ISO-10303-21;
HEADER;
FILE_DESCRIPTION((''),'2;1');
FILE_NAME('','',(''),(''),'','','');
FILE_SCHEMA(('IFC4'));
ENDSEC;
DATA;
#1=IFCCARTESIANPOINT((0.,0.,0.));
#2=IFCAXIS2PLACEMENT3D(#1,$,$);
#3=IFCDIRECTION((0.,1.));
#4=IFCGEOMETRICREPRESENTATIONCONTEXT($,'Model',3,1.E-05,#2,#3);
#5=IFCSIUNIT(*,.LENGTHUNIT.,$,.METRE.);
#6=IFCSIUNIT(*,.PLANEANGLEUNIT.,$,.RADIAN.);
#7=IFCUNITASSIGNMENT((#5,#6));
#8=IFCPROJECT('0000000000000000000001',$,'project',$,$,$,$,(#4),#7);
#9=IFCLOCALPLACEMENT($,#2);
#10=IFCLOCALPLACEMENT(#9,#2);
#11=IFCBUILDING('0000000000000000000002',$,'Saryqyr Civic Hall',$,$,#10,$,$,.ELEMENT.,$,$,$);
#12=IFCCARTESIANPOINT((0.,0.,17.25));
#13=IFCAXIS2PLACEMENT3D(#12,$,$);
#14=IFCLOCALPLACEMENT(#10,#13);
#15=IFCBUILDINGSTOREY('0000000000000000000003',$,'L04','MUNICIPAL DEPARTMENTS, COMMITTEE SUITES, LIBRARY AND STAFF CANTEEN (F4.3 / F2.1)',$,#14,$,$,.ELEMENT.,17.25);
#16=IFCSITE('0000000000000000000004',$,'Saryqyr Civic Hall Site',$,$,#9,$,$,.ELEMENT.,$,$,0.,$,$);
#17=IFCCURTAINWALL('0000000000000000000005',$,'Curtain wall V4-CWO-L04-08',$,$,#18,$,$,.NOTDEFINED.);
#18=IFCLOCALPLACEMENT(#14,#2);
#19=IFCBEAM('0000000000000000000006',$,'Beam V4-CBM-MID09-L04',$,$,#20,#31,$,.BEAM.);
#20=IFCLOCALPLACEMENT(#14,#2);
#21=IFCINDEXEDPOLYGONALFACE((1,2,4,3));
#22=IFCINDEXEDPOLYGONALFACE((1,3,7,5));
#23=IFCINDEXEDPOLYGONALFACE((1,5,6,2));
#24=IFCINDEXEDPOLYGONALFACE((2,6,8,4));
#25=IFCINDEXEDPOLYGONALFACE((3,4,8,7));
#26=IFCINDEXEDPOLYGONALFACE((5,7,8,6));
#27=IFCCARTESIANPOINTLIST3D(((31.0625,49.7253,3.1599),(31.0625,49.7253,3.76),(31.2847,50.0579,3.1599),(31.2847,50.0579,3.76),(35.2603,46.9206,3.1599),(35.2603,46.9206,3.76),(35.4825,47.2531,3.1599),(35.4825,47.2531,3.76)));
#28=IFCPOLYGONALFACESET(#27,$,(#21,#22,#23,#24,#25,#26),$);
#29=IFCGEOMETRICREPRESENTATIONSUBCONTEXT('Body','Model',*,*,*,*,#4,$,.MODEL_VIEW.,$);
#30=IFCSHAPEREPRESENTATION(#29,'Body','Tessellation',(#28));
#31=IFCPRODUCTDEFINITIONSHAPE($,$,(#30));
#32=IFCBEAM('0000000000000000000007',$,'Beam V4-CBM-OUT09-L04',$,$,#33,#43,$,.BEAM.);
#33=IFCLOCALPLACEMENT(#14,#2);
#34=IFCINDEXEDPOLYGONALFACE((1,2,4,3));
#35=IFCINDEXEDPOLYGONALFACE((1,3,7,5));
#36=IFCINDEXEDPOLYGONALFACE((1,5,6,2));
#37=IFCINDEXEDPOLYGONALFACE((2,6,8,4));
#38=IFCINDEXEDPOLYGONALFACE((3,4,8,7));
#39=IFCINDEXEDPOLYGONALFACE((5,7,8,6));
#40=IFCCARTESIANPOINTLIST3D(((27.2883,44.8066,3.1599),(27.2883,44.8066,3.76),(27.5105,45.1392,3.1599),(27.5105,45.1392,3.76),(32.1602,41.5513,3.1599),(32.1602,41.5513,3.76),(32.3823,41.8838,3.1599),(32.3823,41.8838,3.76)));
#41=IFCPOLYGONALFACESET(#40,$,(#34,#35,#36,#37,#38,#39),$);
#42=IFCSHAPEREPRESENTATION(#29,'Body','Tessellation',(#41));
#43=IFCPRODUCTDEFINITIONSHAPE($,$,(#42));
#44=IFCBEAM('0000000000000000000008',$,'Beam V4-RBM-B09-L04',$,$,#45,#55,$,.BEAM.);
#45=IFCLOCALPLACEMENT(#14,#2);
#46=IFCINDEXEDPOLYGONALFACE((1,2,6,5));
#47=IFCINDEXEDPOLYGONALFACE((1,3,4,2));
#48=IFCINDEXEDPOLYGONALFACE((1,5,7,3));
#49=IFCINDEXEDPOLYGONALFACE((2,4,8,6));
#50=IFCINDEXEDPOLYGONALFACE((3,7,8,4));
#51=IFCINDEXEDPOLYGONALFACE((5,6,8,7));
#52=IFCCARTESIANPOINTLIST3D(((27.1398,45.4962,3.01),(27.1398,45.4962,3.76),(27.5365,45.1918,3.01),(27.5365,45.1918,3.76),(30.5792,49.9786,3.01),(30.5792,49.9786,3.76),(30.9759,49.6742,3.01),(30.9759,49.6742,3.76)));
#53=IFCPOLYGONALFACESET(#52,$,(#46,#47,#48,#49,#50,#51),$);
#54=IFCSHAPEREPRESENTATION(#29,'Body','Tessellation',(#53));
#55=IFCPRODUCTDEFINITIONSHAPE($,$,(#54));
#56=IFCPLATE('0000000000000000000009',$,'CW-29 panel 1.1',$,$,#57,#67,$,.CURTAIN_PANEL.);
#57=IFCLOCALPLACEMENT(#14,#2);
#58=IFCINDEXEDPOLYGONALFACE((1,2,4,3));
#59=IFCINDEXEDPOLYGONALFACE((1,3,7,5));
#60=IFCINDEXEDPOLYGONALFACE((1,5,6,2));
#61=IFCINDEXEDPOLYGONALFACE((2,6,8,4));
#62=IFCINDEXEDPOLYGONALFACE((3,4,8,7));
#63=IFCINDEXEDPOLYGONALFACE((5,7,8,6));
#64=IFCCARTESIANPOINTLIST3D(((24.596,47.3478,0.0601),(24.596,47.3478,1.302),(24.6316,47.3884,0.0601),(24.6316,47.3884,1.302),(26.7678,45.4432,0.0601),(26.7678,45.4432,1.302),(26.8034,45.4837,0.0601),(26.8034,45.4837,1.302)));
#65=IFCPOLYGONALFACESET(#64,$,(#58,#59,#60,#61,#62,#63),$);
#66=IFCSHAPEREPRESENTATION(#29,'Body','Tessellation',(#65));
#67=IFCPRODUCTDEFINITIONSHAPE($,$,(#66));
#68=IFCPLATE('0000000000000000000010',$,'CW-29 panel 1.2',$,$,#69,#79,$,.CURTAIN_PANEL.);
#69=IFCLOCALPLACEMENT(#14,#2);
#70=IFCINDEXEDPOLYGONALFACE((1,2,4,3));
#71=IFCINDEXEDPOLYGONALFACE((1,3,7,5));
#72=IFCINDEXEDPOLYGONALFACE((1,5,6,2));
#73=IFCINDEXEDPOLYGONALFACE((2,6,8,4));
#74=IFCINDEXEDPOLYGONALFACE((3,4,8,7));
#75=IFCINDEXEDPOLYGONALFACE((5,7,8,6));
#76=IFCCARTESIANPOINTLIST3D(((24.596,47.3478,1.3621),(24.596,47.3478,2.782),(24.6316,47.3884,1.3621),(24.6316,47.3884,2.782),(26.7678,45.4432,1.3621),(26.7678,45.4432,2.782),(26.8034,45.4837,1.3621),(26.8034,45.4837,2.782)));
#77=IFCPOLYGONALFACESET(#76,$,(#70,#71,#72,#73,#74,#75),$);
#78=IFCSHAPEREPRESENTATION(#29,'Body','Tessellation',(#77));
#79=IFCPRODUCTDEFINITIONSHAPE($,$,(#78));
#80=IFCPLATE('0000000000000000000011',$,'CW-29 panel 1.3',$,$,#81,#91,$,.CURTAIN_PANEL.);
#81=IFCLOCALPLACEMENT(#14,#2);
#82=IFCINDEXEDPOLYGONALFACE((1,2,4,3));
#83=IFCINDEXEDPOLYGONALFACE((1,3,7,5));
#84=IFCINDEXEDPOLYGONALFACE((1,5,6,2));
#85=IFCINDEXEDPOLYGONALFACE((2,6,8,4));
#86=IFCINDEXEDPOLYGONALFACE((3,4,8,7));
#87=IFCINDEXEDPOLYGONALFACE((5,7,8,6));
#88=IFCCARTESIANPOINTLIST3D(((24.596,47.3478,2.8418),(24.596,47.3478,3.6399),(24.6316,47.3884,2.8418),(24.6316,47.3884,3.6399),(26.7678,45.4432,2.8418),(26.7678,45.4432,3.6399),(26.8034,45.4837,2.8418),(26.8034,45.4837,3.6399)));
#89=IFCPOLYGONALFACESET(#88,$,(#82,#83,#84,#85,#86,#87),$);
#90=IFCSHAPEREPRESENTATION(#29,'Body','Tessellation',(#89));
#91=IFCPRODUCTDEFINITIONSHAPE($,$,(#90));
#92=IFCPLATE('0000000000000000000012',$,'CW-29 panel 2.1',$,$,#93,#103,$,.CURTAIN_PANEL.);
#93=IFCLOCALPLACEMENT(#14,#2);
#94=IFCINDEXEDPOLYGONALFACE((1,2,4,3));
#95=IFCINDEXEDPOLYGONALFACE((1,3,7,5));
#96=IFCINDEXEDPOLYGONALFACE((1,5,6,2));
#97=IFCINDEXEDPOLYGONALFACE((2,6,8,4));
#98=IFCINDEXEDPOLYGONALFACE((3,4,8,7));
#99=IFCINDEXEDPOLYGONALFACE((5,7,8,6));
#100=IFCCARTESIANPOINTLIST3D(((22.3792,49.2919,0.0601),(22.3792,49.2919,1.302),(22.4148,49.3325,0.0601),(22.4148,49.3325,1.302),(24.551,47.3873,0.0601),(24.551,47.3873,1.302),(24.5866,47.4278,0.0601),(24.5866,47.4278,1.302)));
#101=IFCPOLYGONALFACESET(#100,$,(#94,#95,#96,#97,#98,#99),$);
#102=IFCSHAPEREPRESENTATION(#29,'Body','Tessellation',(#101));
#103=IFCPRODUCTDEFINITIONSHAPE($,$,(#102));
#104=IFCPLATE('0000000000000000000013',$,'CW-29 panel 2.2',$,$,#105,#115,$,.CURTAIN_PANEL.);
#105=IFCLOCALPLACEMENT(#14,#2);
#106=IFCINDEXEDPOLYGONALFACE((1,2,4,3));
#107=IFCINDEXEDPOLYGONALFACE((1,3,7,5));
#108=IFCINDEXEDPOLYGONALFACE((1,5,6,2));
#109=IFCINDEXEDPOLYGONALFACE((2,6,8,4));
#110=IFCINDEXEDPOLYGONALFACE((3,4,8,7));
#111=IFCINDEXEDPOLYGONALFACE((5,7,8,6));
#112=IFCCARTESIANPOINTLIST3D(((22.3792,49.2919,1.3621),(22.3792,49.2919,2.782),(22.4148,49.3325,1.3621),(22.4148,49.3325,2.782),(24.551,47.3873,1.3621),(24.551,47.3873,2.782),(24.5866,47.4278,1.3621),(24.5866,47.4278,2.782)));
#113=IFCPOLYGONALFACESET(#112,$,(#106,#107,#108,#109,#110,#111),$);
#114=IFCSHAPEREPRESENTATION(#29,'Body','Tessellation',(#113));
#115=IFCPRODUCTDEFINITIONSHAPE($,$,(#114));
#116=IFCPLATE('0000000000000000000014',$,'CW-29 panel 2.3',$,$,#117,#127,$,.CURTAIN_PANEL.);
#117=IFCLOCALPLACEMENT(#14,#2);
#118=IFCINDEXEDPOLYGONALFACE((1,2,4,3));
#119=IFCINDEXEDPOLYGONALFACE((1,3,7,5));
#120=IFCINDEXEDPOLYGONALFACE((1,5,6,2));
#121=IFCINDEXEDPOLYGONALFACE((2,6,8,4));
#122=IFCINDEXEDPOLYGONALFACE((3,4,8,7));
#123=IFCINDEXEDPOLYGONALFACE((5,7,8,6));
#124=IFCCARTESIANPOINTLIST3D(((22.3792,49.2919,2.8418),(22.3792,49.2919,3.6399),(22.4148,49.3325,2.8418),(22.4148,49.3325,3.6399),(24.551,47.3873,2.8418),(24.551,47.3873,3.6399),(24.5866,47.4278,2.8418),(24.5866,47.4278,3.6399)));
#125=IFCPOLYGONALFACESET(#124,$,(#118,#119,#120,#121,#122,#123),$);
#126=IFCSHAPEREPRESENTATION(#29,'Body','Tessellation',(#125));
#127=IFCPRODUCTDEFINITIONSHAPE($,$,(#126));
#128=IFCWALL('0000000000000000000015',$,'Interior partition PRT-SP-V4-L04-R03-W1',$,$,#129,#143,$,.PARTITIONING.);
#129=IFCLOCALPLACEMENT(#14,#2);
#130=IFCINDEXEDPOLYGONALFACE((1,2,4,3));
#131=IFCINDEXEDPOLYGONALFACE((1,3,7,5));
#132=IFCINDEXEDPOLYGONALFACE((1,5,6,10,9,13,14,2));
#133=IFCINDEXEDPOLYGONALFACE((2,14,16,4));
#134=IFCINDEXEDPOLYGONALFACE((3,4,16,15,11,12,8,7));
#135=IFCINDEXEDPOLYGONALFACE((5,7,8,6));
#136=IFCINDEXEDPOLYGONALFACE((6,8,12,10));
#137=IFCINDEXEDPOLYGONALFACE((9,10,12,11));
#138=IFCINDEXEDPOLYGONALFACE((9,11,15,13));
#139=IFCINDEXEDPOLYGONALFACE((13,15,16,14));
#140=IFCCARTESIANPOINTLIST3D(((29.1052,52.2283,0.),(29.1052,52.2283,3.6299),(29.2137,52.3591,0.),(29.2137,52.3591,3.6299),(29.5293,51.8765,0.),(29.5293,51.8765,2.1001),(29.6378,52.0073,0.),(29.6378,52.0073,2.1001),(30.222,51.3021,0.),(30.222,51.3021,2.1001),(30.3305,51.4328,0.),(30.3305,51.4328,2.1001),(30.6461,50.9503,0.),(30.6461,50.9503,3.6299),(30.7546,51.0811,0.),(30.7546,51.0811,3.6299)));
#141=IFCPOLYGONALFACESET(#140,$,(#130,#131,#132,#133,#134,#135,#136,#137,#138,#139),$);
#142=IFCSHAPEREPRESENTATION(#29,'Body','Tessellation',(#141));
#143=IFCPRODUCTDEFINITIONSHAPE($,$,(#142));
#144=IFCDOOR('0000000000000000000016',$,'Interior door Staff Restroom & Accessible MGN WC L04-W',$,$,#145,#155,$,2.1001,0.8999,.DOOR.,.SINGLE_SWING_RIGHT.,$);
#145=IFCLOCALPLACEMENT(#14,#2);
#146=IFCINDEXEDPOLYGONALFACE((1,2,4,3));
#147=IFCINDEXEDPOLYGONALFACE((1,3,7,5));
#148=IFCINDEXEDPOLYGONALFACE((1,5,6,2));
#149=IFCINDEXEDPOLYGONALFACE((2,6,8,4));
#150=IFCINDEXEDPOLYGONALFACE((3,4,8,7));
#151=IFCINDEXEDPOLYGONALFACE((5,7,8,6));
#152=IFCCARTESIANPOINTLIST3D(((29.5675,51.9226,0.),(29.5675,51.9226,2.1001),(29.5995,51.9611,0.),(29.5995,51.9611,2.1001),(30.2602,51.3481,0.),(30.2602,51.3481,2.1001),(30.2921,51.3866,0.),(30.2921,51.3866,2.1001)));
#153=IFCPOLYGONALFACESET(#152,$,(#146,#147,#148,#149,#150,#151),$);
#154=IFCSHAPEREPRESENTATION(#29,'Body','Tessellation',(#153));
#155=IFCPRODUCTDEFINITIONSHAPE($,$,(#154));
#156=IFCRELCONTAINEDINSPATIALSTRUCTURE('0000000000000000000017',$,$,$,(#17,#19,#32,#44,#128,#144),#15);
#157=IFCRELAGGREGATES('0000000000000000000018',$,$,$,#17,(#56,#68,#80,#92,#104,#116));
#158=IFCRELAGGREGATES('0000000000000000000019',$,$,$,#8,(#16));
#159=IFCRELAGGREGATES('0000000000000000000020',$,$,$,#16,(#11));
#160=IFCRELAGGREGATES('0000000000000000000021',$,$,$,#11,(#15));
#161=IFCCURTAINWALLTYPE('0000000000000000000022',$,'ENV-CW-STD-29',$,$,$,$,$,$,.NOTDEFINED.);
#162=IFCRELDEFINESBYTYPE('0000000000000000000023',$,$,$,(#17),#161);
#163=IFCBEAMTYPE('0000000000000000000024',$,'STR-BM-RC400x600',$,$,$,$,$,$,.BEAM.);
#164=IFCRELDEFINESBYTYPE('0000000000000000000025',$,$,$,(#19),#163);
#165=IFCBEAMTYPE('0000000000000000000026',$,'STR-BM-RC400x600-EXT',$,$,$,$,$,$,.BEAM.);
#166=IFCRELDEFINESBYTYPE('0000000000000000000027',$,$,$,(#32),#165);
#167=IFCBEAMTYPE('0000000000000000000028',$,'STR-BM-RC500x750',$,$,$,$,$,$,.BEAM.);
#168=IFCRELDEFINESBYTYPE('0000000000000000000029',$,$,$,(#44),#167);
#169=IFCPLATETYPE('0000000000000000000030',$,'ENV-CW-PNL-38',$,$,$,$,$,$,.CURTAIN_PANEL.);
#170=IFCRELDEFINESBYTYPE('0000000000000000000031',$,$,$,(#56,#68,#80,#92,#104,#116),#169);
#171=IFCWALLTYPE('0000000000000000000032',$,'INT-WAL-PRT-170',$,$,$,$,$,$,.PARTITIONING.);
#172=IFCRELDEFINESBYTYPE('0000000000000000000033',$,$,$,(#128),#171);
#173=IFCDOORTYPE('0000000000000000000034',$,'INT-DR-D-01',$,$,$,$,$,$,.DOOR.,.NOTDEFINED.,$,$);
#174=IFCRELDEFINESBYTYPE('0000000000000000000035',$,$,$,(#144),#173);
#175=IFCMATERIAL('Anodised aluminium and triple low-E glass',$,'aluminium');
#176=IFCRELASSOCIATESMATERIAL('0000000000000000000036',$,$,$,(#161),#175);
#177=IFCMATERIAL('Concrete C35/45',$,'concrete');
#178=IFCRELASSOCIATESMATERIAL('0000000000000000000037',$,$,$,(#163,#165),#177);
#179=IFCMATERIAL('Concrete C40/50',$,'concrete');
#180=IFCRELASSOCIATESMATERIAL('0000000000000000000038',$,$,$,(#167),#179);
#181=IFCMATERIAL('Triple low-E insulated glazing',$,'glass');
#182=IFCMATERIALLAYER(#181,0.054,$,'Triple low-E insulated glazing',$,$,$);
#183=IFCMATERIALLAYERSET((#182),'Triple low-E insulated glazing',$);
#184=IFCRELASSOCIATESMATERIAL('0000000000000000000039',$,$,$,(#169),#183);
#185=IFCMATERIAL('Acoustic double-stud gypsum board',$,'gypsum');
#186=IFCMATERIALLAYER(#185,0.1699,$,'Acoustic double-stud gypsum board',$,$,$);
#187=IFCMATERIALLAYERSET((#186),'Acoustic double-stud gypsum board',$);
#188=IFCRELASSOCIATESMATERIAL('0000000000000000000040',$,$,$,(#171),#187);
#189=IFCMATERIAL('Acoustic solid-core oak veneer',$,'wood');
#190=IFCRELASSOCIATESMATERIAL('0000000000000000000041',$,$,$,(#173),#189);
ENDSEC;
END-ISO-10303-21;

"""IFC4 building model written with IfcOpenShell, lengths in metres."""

from ifc_helpers import new_model, si_unit, direction, frame, frame_2d, origin, origin_2d, place, context, subcontext, project, spatial, rectangle, extrude, material, layer, layer_set, material_profile, profile_set, type_object, element, fill, aggregate, save


model = new_model("IFC4")

# Units and contexts
model_context = context("Model", 3, precision=1e-05, world=origin(), true_north=direction((0.0, 1.0)))
body_context = subcontext(model_context, "Body", "Model", "MODEL_VIEW")
ifc_project = project(units=[si_unit("LENGTHUNIT", "METRE"), si_unit("PLANEANGLEUNIT", "RADIAN")], contexts=[model_context])

# Site, building, storey
site_placement = place(None, origin())
site = spatial("IfcSite", under=ifc_project, at=site_placement, Name="Saryqyr Civic Hall Site", CompositionType="ELEMENT", RefElevation=0.0)
building_placement = place(site_placement, origin())
building = spatial("IfcBuilding", under=site, at=building_placement, Name="Saryqyr Civic Hall", CompositionType="ELEMENT")
storey_placement = place(building_placement, frame((0.0, 0.0, 17.25)))
storey = spatial("IfcBuildingStorey", under=building, at=storey_placement, Name="L04", Description="MUNICIPAL DEPARTMENTS, COMMITTEE SUITES, LIBRARY AND STAFF CANTEEN (F4.3 / F2.1)", CompositionType="ELEMENT", Elevation=17.25)

# Shared definitions
ifc_material_1 = material(Name="Concrete C40/50", Category="concrete")

# Curtain wall
ifc_material_2 = material(Name="Anodised aluminium and triple low-E glass", Category="aluminium")
curtain_wall_type = type_object("IfcCurtainWallType", Name="ENV-CW-STD-29", PredefinedType="NOTDEFINED", material=ifc_material_2)
curtain_wall_placement = place(storey_placement, origin())
curtain_wall = element("IfcCurtainWall", 1, at=curtain_wall_placement, inside=storey, type_object=curtain_wall_type, Name="Curtain wall V4-CWO-L04-08", PredefinedType="NOTDEFINED")

# Beams
ifc_material_3 = material(Name="Concrete C35/45", Category="concrete")
ifc_material_profile_1 = material_profile(ifc_material_3, rectangle(XDim=0.3999, YDim=0.6001, at=origin_2d()), Name="RC 400x600")
ifc_profile_set_1 = profile_set([ifc_material_profile_1], Name="Concrete C35/45")
beam_type_1 = type_object("IfcBeamType", Name="STR-BM-RC400x600", PredefinedType="BEAM", material=ifc_profile_set_1)
beam_1_placement = place(storey_placement, frame((31.1736, 49.8916, 3.46), z_axis=(0.831484, -0.555548, 0.0), x_axis=(0.555548, 0.831484, 0.0)))
element("IfcBeam", 2, at=beam_1_placement, inside=storey, type_object=beam_type_1, Name="Beam V4-CBM-MID09-L04", PredefinedType="BEAM", context=body_context, shape_type="SweptSolid", body=[
    extrude(rectangle(XDim=0.3999, YDim=0.6001, at=origin_2d()), origin(), (0.0, 0.0, 1.0), 5.0486),
])
ifc_material_profile_2 = material_profile(ifc_material_3, rectangle(XDim=0.3999, YDim=0.6001, at=origin_2d()), Name="RC 400x600")
ifc_profile_set_2 = profile_set([ifc_material_profile_2], Name="Concrete C35/45")
beam_type_2 = type_object("IfcBeamType", Name="STR-BM-RC400x600-EXT", PredefinedType="BEAM", material=ifc_profile_set_2)
beam_2_placement = place(storey_placement, frame((27.3994, 44.9729, 3.46), z_axis=(0.83146, -0.555584, 0.0), x_axis=(0.555584, 0.83146, 0.0)))
element("IfcBeam", 3, at=beam_2_placement, inside=storey, type_object=beam_type_2, Name="Beam V4-CBM-OUT09-L04", PredefinedType="BEAM", context=body_context, shape_type="SweptSolid", body=[
    extrude(rectangle(XDim=0.3999, YDim=0.6001, at=origin_2d()), origin(), (0.0, 0.0, 1.0), 5.8594),
])
ifc_material_profile_3 = material_profile(ifc_material_1, rectangle(XDim=0.5, YDim=0.75, at=origin_2d()), Name="RC 500x750")
ifc_profile_set_3 = profile_set([ifc_material_profile_3], Name="Concrete C40/50")
beam_type_3 = type_object("IfcBeamType", Name="STR-BM-RC500x750", PredefinedType="BEAM", material=ifc_profile_set_3)
beam_3_placement = place(storey_placement, frame((30.7776, 49.8264, 3.385), z_axis=(-0.608758, -0.793356, 0.0), x_axis=(0.793356, -0.608758, 0.0)))
element("IfcBeam", 4, at=beam_3_placement, inside=storey, type_object=beam_type_3, Name="Beam V4-RBM-B09-L04", PredefinedType="BEAM", context=body_context, shape_type="SweptSolid", body=[
    extrude(rectangle(XDim=0.5, YDim=0.75, at=origin_2d()), origin(), (0.0, 0.0, 1.0), 5.6499),
])

# Plates
ifc_material_4 = material(Name="Triple low-E insulated glazing", Category="glass")
ifc_layer_1 = layer(ifc_material_4, 0.054, Name="Triple low-E insulated glazing")
ifc_layer_set_1 = layer_set([ifc_layer_1], Name="Triple low-E insulated glazing")
plate_type = type_object("IfcPlateType", Name="ENV-CW-PNL-38", PredefinedType="CURTAIN_PANEL", material=ifc_layer_set_1)
plate_1_placement = place(storey_placement, frame((25.6997, 46.4158, 0.0601), z_axis=(0.0, 0.0, 1.0), x_axis=(-0.751839, 0.659347, 0.0)))
plate_1 = element("IfcPlate", 5, at=plate_1_placement, type_object=plate_type, Name="CW-29 panel 1.1", PredefinedType="CURTAIN_PANEL", context=body_context, shape_type="SweptSolid", body=[
    extrude(rectangle(XDim=2.8887, YDim=0.054, at=origin_2d()), origin(), (0.0, 0.0, 1.0), 1.2419),
])
plate_2_placement = place(storey_placement, frame((25.6997, 46.4158, 1.3621), z_axis=(0.0, 0.0, 1.0), x_axis=(-0.751839, 0.659347, 0.0)))
plate_2 = element("IfcPlate", 6, at=plate_2_placement, type_object=plate_type, Name="CW-29 panel 1.2", PredefinedType="CURTAIN_PANEL", context=body_context, shape_type="SweptSolid", body=[
    extrude(rectangle(XDim=2.8887, YDim=0.054, at=origin_2d()), origin(), (0.0, 0.0, 1.0), 1.4199),
])
plate_3_placement = place(storey_placement, frame((25.6997, 46.4158, 2.8418), z_axis=(0.0, 0.0, 1.0), x_axis=(-0.751839, 0.659347, 0.0)))
plate_3 = element("IfcPlate", 7, at=plate_3_placement, type_object=plate_type, Name="CW-29 panel 1.3", PredefinedType="CURTAIN_PANEL", context=body_context, shape_type="SweptSolid", body=[
    extrude(rectangle(XDim=2.8887, YDim=0.054, at=origin_2d()), origin(), (0.0, 0.0, 1.0), 0.7981),
])
plate_4_placement = place(storey_placement, frame((23.4829, 48.3599, 0.0601), z_axis=(0.0, 0.0, 1.0), x_axis=(-0.751839, 0.659347, 0.0)))
plate_4 = element("IfcPlate", 8, at=plate_4_placement, type_object=plate_type, Name="CW-29 panel 2.1", PredefinedType="CURTAIN_PANEL", context=body_context, shape_type="SweptSolid", body=[
    extrude(rectangle(XDim=2.8887, YDim=0.054, at=origin_2d()), origin(), (0.0, 0.0, 1.0), 1.2419),
])
plate_5_placement = place(storey_placement, frame((23.4829, 48.3599, 1.3621), z_axis=(0.0, 0.0, 1.0), x_axis=(-0.751839, 0.659347, 0.0)))
plate_5 = element("IfcPlate", 9, at=plate_5_placement, type_object=plate_type, Name="CW-29 panel 2.2", PredefinedType="CURTAIN_PANEL", context=body_context, shape_type="SweptSolid", body=[
    extrude(rectangle(XDim=2.8887, YDim=0.054, at=origin_2d()), origin(), (0.0, 0.0, 1.0), 1.4199),
])
plate_6_placement = place(storey_placement, frame((23.4829, 48.3599, 2.8418), z_axis=(0.0, 0.0, 1.0), x_axis=(-0.751839, 0.659347, 0.0)))
plate_6 = element("IfcPlate", 10, at=plate_6_placement, type_object=plate_type, Name="CW-29 panel 2.3", PredefinedType="CURTAIN_PANEL", context=body_context, shape_type="SweptSolid", body=[
    extrude(rectangle(XDim=2.8887, YDim=0.054, at=origin_2d()), origin(), (0.0, 0.0, 1.0), 0.7981),
])
aggregate(curtain_wall, [plate_1, plate_2, plate_3, plate_4, plate_5, plate_6])

# Wall, opening, door
ifc_material_5 = material(Name="Acoustic double-stud gypsum board", Category="gypsum")
ifc_layer_2 = layer(ifc_material_5, 0.1699, Name="Acoustic double-stud gypsum board")
ifc_layer_set_2 = layer_set([ifc_layer_2], Name="Acoustic double-stud gypsum board")
wall_type = type_object("IfcWallType", Name="INT-WAL-PRT-170", PredefinedType="PARTITIONING", material=ifc_layer_set_2)
wall_placement = place(storey_placement, frame((29.1594, 52.2937, 0.0), z_axis=(0.0, 0.0, 1.0), x_axis=(0.769718, -0.638383, 0.0)))
wall = element("IfcWall", 11, at=wall_placement, inside=storey, type_object=wall_type, Name="Interior partition PRT-SP-V4-L04-R03-W1", PredefinedType="PARTITIONING", context=body_context, shape_type="SweptSolid", body=[
    extrude(rectangle(XDim=2.002, YDim=0.1699, at=frame_2d((1.001, 0.0))), origin(), (0.0, 0.0, 1.0), 3.6299),
])
opening_placement = place(wall_placement, frame((0.551, 0.0, 0.0)))
opening = element("IfcOpeningElement", 12, at=opening_placement, cuts=wall, PredefinedType="OPENING", context=body_context, shape_type="SweptSolid", body=[
    extrude(rectangle(XDim=0.8999, YDim=2.1001, at=frame_2d((0.45, 1.05))), frame((0.0, 0.095, 0.0), z_axis=(0.0, -1.0, 0.0), x_axis=(1.0, 0.0, 0.0)), (0.0, 0.0, 1.0), 0.1899),
])
ifc_material_6 = material(Name="Acoustic solid-core oak veneer", Category="wood")
door_type = type_object("IfcDoorType", Name="INT-DR-D-01", OperationType="NOTDEFINED", PredefinedType="DOOR", material=ifc_material_6)
door_placement = place(opening_placement, origin())
door = element("IfcDoor", 13, at=door_placement, inside=storey, type_object=door_type, Name="Interior door Staff Restroom & Accessible MGN WC L04-W", OperationType="SINGLE_SWING_RIGHT", OverallHeight=2.1001, OverallWidth=0.8999, PredefinedType="DOOR", context=body_context, shape_type="SweptSolid", body=[
    extrude(rectangle(XDim=0.8999, YDim=2.1001, at=frame_2d((0.45, 1.05))), frame((0.0, 0.0249, 0.0), z_axis=(0.0, -1.0, 0.0), x_axis=(1.0, 0.0, 0.0)), (0.0, 0.0, 1.0), 0.05),
])
fill(opening, door)

save(model, "model.ifc")
